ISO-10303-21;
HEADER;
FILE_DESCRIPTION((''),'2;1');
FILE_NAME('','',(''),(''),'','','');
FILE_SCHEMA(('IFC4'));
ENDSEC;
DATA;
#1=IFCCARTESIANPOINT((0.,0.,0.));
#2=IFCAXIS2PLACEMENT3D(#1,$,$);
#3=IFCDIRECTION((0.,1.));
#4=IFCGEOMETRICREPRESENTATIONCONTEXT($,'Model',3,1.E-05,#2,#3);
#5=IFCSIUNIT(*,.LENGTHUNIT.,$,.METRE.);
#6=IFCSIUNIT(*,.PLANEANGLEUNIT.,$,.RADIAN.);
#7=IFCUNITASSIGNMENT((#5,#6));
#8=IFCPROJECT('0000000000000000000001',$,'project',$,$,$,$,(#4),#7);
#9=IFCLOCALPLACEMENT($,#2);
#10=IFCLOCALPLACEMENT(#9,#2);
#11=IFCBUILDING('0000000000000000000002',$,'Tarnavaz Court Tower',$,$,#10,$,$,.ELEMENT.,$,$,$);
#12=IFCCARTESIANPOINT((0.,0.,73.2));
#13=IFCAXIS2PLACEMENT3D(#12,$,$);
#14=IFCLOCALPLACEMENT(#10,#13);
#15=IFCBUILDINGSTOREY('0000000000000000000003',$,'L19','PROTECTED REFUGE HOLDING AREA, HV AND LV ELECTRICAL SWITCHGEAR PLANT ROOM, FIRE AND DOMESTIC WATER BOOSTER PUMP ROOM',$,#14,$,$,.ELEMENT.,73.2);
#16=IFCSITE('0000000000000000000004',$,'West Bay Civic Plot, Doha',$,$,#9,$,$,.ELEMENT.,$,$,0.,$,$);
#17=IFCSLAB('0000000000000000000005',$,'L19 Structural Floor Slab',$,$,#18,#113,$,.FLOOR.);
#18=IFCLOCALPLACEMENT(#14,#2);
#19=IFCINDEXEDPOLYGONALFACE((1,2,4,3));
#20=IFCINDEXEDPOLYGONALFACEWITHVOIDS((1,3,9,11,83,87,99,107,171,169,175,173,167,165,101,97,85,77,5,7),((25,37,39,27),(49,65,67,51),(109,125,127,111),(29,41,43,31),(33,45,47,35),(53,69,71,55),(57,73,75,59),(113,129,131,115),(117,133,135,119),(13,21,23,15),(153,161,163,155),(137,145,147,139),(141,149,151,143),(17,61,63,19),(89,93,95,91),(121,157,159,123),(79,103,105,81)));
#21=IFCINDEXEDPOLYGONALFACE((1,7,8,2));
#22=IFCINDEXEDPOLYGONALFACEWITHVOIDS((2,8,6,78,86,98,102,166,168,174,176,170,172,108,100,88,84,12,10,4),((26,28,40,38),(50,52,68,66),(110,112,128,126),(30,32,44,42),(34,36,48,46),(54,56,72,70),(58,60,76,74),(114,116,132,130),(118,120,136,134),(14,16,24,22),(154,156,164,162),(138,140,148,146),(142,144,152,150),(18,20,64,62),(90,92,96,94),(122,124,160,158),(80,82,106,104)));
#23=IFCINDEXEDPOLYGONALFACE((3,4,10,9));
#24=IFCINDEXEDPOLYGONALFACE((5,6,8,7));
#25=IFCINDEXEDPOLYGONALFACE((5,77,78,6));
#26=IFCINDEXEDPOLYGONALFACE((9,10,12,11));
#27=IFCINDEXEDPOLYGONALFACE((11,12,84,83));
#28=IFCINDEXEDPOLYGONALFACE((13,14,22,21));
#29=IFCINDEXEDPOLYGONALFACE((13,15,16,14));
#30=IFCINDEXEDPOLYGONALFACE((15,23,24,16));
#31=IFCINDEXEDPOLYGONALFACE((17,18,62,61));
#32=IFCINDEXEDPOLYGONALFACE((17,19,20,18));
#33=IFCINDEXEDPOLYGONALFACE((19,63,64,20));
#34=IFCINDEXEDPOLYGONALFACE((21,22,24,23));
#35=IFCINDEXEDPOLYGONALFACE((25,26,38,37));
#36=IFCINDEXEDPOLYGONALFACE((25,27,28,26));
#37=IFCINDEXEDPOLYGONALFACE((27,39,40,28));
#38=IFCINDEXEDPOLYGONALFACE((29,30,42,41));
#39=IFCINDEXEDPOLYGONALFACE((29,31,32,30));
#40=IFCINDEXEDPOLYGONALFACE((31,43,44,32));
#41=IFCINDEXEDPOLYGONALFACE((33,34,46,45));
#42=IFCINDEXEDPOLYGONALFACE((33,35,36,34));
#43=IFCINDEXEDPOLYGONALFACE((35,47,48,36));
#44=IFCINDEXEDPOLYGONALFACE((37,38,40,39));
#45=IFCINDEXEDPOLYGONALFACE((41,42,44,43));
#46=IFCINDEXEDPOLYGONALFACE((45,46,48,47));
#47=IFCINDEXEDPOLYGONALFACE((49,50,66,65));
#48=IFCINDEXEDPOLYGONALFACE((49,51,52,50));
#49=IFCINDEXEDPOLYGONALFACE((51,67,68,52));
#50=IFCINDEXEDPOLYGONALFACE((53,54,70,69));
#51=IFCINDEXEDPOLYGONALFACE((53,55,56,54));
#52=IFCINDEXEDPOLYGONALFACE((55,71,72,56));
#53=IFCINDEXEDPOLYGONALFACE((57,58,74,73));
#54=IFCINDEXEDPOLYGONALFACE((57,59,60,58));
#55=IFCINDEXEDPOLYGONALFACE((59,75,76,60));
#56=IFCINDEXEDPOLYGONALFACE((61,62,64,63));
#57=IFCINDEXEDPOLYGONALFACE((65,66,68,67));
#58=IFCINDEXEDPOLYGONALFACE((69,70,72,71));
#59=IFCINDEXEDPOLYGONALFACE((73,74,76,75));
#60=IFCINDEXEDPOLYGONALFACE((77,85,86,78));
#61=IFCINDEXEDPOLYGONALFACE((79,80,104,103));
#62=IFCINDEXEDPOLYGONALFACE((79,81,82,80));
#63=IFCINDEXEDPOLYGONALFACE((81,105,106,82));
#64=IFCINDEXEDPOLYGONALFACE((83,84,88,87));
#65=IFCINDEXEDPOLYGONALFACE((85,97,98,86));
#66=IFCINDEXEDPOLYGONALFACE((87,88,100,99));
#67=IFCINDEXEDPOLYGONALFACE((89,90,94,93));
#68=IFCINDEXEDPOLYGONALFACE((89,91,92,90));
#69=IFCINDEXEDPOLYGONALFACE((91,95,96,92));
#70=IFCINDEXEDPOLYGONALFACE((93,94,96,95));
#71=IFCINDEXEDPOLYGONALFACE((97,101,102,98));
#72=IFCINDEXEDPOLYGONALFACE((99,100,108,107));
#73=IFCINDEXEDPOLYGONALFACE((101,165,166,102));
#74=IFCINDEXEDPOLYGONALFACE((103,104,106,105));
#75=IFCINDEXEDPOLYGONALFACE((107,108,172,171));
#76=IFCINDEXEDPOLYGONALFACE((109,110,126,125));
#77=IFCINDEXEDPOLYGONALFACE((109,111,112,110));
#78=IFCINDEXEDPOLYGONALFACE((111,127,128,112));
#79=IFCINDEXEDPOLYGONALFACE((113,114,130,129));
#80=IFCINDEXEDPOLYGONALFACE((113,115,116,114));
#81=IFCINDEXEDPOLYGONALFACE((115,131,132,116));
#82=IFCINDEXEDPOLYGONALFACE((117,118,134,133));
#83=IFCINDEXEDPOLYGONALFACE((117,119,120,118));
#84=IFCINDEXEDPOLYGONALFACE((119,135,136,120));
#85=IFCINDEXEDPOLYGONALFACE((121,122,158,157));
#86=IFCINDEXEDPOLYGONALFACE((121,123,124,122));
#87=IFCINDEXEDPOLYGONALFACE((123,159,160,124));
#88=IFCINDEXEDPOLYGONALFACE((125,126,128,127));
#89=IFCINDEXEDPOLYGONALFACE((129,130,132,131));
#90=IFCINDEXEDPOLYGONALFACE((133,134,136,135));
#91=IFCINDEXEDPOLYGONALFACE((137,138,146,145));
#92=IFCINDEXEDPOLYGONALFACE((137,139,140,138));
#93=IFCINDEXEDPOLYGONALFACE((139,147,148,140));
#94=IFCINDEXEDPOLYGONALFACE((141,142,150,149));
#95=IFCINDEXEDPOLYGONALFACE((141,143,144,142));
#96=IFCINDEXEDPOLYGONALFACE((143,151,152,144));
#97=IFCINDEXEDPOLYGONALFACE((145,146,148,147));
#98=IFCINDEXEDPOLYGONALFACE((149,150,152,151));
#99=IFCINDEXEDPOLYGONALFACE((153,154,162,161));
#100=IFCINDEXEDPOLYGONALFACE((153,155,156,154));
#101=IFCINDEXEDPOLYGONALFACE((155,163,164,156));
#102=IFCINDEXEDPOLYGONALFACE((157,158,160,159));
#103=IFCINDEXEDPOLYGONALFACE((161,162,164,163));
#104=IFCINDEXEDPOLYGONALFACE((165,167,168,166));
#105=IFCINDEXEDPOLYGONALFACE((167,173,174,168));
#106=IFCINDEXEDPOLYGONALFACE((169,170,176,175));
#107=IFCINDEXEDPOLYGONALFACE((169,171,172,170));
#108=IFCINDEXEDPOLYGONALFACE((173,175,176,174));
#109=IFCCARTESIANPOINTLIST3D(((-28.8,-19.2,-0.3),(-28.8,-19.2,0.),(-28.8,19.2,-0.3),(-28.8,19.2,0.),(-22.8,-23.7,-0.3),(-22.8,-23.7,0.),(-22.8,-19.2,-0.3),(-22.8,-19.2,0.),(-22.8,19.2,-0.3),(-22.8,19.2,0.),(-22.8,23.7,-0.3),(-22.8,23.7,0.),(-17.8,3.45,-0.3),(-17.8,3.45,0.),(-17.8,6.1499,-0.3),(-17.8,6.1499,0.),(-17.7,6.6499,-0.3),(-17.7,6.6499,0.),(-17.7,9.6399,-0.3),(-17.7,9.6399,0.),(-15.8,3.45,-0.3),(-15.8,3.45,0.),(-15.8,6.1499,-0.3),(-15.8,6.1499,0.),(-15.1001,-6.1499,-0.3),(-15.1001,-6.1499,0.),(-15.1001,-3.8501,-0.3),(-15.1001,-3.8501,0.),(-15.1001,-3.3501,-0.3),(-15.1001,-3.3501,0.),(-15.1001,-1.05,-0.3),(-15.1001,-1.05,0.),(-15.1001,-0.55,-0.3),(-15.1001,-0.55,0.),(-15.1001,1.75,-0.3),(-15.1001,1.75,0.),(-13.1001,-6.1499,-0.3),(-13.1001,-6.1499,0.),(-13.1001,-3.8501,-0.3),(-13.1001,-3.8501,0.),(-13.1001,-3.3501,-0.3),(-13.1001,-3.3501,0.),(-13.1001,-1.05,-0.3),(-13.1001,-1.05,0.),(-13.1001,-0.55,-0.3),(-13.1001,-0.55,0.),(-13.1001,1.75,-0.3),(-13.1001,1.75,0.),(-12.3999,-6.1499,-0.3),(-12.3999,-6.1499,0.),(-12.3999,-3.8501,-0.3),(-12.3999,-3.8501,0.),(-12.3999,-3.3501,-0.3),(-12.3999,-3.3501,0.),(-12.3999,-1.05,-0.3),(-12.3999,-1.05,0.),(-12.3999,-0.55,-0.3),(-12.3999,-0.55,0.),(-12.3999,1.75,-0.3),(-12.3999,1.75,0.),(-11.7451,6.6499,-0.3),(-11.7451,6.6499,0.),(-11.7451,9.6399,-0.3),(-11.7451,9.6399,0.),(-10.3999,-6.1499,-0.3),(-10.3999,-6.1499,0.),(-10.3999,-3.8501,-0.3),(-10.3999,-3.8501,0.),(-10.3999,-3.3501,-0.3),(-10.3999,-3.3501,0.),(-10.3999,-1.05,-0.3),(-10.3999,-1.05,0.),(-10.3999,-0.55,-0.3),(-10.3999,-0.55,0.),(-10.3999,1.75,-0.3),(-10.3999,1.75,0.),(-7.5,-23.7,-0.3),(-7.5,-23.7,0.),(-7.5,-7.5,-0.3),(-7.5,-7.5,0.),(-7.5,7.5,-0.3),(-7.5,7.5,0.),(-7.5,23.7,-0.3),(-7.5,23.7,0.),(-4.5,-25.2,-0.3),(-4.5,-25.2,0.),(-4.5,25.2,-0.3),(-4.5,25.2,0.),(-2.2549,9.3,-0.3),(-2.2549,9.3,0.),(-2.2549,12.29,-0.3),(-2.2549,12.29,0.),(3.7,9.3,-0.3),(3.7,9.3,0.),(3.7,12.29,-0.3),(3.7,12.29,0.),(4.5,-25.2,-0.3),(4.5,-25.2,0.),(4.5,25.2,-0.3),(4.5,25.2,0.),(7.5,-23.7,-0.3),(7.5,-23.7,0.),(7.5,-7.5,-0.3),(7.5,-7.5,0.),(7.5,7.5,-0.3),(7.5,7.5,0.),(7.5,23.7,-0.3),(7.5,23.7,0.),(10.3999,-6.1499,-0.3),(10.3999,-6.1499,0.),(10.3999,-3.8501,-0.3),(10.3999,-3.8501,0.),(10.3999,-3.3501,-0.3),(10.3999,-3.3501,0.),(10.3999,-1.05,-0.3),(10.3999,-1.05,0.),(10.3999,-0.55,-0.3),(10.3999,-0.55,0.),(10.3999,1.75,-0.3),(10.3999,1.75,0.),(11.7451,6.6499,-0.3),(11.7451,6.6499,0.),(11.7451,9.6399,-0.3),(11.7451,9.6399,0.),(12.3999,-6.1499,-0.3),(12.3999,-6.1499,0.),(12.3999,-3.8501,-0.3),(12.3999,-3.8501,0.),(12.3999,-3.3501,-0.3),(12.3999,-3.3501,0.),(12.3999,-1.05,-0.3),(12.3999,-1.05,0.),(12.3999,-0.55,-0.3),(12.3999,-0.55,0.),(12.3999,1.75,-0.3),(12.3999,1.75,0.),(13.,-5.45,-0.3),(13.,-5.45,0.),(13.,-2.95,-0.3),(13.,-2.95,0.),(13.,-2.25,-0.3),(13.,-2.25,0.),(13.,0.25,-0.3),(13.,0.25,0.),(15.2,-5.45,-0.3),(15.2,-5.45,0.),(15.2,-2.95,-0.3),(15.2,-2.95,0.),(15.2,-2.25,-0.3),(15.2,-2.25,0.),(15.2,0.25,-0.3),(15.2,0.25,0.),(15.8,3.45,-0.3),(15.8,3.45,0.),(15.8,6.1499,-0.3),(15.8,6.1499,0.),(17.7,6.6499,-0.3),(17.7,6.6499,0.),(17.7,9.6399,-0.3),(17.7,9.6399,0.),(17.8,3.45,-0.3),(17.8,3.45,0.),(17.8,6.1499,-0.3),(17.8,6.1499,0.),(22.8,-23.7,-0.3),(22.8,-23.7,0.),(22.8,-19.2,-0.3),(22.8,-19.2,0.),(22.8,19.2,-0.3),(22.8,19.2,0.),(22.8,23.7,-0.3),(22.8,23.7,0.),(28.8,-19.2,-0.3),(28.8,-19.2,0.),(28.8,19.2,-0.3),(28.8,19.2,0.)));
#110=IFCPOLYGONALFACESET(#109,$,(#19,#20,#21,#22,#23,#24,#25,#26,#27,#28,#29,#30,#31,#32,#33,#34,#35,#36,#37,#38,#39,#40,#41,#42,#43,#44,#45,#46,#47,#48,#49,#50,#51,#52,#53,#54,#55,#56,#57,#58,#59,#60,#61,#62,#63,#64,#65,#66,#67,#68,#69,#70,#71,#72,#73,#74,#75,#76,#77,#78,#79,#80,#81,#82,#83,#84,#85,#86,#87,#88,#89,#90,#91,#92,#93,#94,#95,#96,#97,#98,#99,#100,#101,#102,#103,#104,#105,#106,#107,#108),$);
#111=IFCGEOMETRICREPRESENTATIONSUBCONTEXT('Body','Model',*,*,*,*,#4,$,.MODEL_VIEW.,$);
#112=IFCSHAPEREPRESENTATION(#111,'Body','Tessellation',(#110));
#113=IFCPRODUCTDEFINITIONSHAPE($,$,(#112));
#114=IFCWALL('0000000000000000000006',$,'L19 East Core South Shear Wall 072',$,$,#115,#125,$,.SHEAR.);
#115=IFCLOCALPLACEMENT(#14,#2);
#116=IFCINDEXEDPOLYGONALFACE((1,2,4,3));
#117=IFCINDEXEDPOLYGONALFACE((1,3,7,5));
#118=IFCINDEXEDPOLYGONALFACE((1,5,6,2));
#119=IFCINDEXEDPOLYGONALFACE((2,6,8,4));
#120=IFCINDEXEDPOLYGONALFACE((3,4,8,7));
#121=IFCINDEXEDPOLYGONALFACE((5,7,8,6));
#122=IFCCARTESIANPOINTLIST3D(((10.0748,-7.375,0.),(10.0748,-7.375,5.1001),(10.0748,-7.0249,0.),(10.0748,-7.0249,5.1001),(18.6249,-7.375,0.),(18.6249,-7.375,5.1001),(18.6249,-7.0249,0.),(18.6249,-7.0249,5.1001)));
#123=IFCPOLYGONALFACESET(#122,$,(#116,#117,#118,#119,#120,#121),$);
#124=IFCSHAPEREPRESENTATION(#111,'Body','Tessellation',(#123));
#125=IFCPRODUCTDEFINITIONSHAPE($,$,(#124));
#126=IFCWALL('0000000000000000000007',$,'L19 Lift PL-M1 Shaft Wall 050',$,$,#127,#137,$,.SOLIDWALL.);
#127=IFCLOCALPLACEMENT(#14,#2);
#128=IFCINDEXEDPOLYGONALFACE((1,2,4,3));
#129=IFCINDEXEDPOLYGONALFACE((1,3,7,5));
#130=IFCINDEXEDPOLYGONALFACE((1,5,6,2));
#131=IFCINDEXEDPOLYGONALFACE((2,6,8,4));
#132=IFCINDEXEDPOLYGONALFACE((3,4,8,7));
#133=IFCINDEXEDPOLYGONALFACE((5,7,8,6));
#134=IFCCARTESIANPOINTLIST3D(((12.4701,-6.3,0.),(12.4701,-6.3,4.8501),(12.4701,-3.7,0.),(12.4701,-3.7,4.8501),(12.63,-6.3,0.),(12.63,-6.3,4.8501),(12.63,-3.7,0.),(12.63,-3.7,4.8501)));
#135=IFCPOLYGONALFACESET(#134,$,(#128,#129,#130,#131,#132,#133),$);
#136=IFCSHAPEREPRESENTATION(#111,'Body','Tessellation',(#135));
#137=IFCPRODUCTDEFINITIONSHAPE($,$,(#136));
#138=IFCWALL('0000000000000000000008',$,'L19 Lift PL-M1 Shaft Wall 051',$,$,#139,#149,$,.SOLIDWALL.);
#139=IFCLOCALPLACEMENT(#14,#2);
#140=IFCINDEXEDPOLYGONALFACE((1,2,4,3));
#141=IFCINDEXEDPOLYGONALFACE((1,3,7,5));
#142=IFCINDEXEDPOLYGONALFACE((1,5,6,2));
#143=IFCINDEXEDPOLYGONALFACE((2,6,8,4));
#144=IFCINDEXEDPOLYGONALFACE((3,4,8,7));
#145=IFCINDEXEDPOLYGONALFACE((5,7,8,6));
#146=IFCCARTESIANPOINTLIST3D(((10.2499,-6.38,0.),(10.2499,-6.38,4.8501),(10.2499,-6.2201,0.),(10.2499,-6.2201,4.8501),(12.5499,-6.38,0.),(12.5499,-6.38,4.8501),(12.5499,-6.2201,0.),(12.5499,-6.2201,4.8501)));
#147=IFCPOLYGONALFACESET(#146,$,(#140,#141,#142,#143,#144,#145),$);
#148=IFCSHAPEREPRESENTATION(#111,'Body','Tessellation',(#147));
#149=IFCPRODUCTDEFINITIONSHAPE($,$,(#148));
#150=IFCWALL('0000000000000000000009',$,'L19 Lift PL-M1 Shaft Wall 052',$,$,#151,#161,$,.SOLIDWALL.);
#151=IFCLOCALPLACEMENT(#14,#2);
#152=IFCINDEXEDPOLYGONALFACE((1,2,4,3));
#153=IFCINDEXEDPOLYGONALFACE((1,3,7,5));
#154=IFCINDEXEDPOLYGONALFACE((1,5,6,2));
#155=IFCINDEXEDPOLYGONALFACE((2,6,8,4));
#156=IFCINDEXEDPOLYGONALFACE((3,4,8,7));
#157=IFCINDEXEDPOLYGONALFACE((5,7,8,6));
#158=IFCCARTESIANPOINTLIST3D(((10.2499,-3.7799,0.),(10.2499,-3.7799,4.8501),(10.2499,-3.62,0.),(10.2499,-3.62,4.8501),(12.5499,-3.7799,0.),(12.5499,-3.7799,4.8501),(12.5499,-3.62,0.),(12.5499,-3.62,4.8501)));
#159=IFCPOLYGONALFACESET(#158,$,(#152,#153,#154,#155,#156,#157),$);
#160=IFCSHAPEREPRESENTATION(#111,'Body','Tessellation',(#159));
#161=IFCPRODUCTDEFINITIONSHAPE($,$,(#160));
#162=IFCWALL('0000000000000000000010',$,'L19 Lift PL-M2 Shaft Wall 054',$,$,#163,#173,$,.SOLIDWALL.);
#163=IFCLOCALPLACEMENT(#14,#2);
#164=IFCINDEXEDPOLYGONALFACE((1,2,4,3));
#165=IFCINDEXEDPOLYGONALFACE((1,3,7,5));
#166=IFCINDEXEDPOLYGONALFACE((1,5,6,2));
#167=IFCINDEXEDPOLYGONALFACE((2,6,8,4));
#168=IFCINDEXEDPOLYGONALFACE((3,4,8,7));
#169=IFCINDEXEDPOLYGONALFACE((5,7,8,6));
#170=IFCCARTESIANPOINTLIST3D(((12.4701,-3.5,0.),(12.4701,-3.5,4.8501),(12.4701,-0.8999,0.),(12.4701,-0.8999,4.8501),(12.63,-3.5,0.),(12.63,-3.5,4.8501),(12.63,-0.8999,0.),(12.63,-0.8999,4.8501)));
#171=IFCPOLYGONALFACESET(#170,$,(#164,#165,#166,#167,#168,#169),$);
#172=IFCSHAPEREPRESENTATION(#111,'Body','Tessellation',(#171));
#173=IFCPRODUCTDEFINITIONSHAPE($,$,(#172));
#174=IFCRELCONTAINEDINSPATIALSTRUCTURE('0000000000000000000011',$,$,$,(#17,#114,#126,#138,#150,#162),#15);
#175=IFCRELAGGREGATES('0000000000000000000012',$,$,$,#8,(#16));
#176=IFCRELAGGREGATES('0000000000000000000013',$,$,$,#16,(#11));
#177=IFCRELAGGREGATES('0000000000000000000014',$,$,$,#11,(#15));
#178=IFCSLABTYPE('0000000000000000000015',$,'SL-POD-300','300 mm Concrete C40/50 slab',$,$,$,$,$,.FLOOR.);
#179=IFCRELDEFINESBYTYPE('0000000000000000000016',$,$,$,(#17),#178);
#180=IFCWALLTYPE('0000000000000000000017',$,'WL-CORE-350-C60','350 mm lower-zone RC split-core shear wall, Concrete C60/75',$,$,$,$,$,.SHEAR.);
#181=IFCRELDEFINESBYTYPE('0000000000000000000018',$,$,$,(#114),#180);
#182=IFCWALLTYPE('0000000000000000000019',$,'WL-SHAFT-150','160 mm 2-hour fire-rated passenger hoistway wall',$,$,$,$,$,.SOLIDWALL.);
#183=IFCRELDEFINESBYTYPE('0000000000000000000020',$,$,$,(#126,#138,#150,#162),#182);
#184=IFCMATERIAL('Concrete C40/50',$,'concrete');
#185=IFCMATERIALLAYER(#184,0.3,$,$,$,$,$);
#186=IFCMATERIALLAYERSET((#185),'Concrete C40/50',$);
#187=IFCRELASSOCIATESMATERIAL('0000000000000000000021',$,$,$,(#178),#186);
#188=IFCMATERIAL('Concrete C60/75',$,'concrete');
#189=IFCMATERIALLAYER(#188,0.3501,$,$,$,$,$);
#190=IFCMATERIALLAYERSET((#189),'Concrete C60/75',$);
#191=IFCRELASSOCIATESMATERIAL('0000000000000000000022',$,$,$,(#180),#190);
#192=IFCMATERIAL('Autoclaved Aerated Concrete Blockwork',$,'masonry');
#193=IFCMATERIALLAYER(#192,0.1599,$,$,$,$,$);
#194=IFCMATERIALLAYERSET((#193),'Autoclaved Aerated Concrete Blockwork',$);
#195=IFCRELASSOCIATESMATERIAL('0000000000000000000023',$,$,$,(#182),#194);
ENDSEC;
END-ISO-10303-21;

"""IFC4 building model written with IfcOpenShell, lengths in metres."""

from ifc_helpers import new_model, si_unit, direction, frame, frame_2d, origin, place, context, subcontext, project, spatial, polyline, rectangle, outline, extrude, material, layer, layer_set, type_object, element, save


model = new_model("IFC4")

# Units and contexts
model_context = context("Model", 3, precision=1e-05, world=origin(), true_north=direction((0.0, 1.0)))
body_context = subcontext(model_context, "Body", "Model", "MODEL_VIEW")
ifc_project = project(units=[si_unit("LENGTHUNIT", "METRE"), si_unit("PLANEANGLEUNIT", "RADIAN")], contexts=[model_context])

# Site, building, storey
site_placement = place(None, origin())
site = spatial("IfcSite", under=ifc_project, at=site_placement, Name="West Bay Civic Plot, Doha", CompositionType="ELEMENT", RefElevation=0.0)
building_placement = place(site_placement, origin())
building = spatial("IfcBuilding", under=site, at=building_placement, Name="Tarnavaz Court Tower", CompositionType="ELEMENT")
storey_placement = place(building_placement, frame((0.0, 0.0, 73.2)))
storey = spatial("IfcBuildingStorey", under=building, at=storey_placement, Name="L19", Description="PROTECTED REFUGE HOLDING AREA, HV AND LV ELECTRICAL SWITCHGEAR PLANT ROOM, FIRE AND DOMESTIC WATER BOOSTER PUMP ROOM", CompositionType="ELEMENT", Elevation=73.2)

# Shared definitions
ifc_material_1 = material(Name="Concrete C60/75", Category="concrete")

# Shared definitions
ifc_material_2 = material(Name="Concrete C40/50", Category="concrete")

# Slab
ifc_layer_1 = layer(ifc_material_2, 0.3)
ifc_layer_set_1 = layer_set([ifc_layer_1], Name="Concrete C40/50")
slab_type_1 = type_object("IfcSlabType", Name="SL-POD-300", Description="300 mm Concrete C40/50 slab", PredefinedType="FLOOR", material=ifc_layer_set_1)
slab_1_placement = place(storey_placement, frame((0.0, 0.0, -0.3)))
element("IfcSlab", 1, at=slab_1_placement, inside=storey, type_object=slab_type_1, Name="L19 Structural Floor Slab", PredefinedType="FLOOR", context=body_context, shape_type="SweptSolid", body=[
    extrude(outline(polyline([(-22.8, -23.7), (-7.5, -23.7), (-4.5, -25.2), (4.5, -25.2), (7.5, -23.7), (22.8, -23.7), (22.8, -19.2), (28.8, -19.2), (28.8, 19.2), (22.8, 19.2), (22.8, 23.7), (7.5, 23.7), (4.5, 25.2), (-4.5, 25.2), (-7.5, 23.7), (-22.8, 23.7), (-22.8, 19.2), (-28.8, 19.2), (-28.8, -19.2), (-22.8, -19.2), (-22.8, -23.7)]), holes=[polyline([(-7.5, -7.5), (7.5, -7.5), (7.5, 7.5), (-7.5, 7.5), (-7.5, -7.5)]), polyline([(-11.7451, 9.6399), (-17.7, 9.6399), (-17.7, 6.6499), (-11.7451, 6.6499), (-11.7451, 9.6399)]), polyline([(11.7451, 6.6499), (17.7, 6.6499), (17.7, 9.6399), (11.7451, 9.6399), (11.7451, 6.6499)]), polyline([(-2.2549, 9.3), (3.7, 9.3), (3.7, 12.29), (-2.2549, 12.29), (-2.2549, 9.3)]), polyline([(-17.8, 3.45), (-15.8, 3.45), (-15.8, 6.1499), (-17.8, 6.1499), (-17.8, 3.45)]), polyline([(-12.3999, -6.1499), (-10.3999, -6.1499), (-10.3999, -3.8501), (-12.3999, -3.8501), (-12.3999, -6.1499)]), polyline([(-12.3999, -3.3501), (-10.3999, -3.3501), (-10.3999, -1.05), (-12.3999, -1.05), (-12.3999, -3.3501)]), polyline([(-12.3999, -0.55), (-10.3999, -0.55), (-10.3999, 1.75), (-12.3999, 1.75), (-12.3999, -0.55)]), polyline([(-15.1001, -6.1499), (-13.1001, -6.1499), (-13.1001, -3.8501), (-15.1001, -3.8501), (-15.1001, -6.1499)]), polyline([(-15.1001, -3.3501), (-13.1001, -3.3501), (-13.1001, -1.05), (-15.1001, -1.05), (-15.1001, -3.3501)]), polyline([(-15.1001, -0.55), (-13.1001, -0.55), (-13.1001, 1.75), (-15.1001, 1.75), (-15.1001, -0.55)]), polyline([(15.8, 3.45), (17.8, 3.45), (17.8, 6.1499), (15.8, 6.1499), (15.8, 3.45)]), polyline([(10.3999, -6.1499), (12.3999, -6.1499), (12.3999, -3.8501), (10.3999, -3.8501), (10.3999, -6.1499)]), polyline([(10.3999, -3.3501), (12.3999, -3.3501), (12.3999, -1.05), (10.3999, -1.05), (10.3999, -3.3501)]), polyline([(10.3999, -0.55), (12.3999, -0.55), (12.3999, 1.75), (10.3999, 1.75), (10.3999, -0.55)]), polyline([(13.0, -5.45), (15.2, -5.45), (15.2, -2.95), (13.0, -2.95), (13.0, -5.45)]), polyline([(13.0, -2.25), (15.2, -2.25), (15.2, 0.25), (13.0, 0.25), (13.0, -2.25)])]), origin(), (0.0, 0.0, 1.0), 0.3),
])

# Wall
ifc_layer_2 = layer(ifc_material_1, 0.3501)
ifc_layer_set_2 = layer_set([ifc_layer_2], Name="Concrete C60/75")
wall_type_1 = type_object("IfcWallType", Name="WL-CORE-350-C60", Description="350 mm lower-zone RC split-core shear wall, Concrete C60/75", PredefinedType="SHEAR", material=ifc_layer_set_2)
wall_1_placement = place(storey_placement, frame((10.075, -7.2, 0.0), z_axis=(0.0, 0.0, 1.0), x_axis=(1.0, 0.0, 0.0)))
element("IfcWall", 2, at=wall_1_placement, inside=storey, type_object=wall_type_1, Name="L19 East Core South Shear Wall 072", PredefinedType="SHEAR", context=body_context, shape_type="SweptSolid", body=[
    extrude(rectangle(XDim=8.55, YDim=0.3501, at=frame_2d((4.2749, 0.0))), origin(), (0.0, 0.0, 1.0), 5.1001),
])

# Shared definitions
ifc_material_3 = material(Name="Autoclaved Aerated Concrete Blockwork", Category="masonry")
ifc_layer_3 = layer(ifc_material_3, 0.1599)
ifc_layer_set_3 = layer_set([ifc_layer_3], Name="Autoclaved Aerated Concrete Blockwork")
wall_type_2 = type_object("IfcWallType", Name="WL-SHAFT-150", Description="160 mm 2-hour fire-rated passenger hoistway wall", PredefinedType="SOLIDWALL", material=ifc_layer_set_3)

# Walls
wall_2_placement = place(storey_placement, frame((12.55, -6.3, 0.0), z_axis=(0.0, 0.0, 1.0), x_axis=(0.0, 1.0, 0.0)))
element("IfcWall", 3, at=wall_2_placement, inside=storey, type_object=wall_type_2, Name="L19 Lift PL-M1 Shaft Wall 050", PredefinedType="SOLIDWALL", context=body_context, shape_type="SweptSolid", body=[
    extrude(rectangle(XDim=2.6001, YDim=0.1599, at=frame_2d((1.3, 0.0))), origin(), (0.0, 0.0, 1.0), 4.8501),
])
for number, where, z_axis, x_axis, name in (
    (4, (10.25, -6.3, 0.0), (0.0, 0.0, 1.0), (1.0, 0.0, 0.0), "L19 Lift PL-M1 Shaft Wall 051"),
    (5, (10.25, -3.7, 0.0), (0.0, 0.0, 1.0), (1.0, 0.0, 0.0), "L19 Lift PL-M1 Shaft Wall 052"),
):
    element("IfcWall", number, at=place(storey_placement, frame(where, z_axis=z_axis, x_axis=x_axis)), inside=storey, type_object=wall_type_2, Name=name, PredefinedType="SOLIDWALL", context=body_context, shape_type="SweptSolid", body=[
        extrude(rectangle(XDim=2.3, YDim=0.1599, at=frame_2d((1.1499, 0.0))), origin(), (0.0, 0.0, 1.0), 4.8501),
    ])

# Wall
wall_3_placement = place(storey_placement, frame((12.55, -3.5, 0.0), z_axis=(0.0, 0.0, 1.0), x_axis=(0.0, 1.0, 0.0)))
element("IfcWall", 6, at=wall_3_placement, inside=storey, type_object=wall_type_2, Name="L19 Lift PL-M2 Shaft Wall 054", PredefinedType="SOLIDWALL", context=body_context, shape_type="SweptSolid", body=[
    extrude(rectangle(XDim=2.6001, YDim=0.1599, at=frame_2d((1.3, 0.0))), origin(), (0.0, 0.0, 1.0), 4.8501),
])

save(model, "model.ifc")
